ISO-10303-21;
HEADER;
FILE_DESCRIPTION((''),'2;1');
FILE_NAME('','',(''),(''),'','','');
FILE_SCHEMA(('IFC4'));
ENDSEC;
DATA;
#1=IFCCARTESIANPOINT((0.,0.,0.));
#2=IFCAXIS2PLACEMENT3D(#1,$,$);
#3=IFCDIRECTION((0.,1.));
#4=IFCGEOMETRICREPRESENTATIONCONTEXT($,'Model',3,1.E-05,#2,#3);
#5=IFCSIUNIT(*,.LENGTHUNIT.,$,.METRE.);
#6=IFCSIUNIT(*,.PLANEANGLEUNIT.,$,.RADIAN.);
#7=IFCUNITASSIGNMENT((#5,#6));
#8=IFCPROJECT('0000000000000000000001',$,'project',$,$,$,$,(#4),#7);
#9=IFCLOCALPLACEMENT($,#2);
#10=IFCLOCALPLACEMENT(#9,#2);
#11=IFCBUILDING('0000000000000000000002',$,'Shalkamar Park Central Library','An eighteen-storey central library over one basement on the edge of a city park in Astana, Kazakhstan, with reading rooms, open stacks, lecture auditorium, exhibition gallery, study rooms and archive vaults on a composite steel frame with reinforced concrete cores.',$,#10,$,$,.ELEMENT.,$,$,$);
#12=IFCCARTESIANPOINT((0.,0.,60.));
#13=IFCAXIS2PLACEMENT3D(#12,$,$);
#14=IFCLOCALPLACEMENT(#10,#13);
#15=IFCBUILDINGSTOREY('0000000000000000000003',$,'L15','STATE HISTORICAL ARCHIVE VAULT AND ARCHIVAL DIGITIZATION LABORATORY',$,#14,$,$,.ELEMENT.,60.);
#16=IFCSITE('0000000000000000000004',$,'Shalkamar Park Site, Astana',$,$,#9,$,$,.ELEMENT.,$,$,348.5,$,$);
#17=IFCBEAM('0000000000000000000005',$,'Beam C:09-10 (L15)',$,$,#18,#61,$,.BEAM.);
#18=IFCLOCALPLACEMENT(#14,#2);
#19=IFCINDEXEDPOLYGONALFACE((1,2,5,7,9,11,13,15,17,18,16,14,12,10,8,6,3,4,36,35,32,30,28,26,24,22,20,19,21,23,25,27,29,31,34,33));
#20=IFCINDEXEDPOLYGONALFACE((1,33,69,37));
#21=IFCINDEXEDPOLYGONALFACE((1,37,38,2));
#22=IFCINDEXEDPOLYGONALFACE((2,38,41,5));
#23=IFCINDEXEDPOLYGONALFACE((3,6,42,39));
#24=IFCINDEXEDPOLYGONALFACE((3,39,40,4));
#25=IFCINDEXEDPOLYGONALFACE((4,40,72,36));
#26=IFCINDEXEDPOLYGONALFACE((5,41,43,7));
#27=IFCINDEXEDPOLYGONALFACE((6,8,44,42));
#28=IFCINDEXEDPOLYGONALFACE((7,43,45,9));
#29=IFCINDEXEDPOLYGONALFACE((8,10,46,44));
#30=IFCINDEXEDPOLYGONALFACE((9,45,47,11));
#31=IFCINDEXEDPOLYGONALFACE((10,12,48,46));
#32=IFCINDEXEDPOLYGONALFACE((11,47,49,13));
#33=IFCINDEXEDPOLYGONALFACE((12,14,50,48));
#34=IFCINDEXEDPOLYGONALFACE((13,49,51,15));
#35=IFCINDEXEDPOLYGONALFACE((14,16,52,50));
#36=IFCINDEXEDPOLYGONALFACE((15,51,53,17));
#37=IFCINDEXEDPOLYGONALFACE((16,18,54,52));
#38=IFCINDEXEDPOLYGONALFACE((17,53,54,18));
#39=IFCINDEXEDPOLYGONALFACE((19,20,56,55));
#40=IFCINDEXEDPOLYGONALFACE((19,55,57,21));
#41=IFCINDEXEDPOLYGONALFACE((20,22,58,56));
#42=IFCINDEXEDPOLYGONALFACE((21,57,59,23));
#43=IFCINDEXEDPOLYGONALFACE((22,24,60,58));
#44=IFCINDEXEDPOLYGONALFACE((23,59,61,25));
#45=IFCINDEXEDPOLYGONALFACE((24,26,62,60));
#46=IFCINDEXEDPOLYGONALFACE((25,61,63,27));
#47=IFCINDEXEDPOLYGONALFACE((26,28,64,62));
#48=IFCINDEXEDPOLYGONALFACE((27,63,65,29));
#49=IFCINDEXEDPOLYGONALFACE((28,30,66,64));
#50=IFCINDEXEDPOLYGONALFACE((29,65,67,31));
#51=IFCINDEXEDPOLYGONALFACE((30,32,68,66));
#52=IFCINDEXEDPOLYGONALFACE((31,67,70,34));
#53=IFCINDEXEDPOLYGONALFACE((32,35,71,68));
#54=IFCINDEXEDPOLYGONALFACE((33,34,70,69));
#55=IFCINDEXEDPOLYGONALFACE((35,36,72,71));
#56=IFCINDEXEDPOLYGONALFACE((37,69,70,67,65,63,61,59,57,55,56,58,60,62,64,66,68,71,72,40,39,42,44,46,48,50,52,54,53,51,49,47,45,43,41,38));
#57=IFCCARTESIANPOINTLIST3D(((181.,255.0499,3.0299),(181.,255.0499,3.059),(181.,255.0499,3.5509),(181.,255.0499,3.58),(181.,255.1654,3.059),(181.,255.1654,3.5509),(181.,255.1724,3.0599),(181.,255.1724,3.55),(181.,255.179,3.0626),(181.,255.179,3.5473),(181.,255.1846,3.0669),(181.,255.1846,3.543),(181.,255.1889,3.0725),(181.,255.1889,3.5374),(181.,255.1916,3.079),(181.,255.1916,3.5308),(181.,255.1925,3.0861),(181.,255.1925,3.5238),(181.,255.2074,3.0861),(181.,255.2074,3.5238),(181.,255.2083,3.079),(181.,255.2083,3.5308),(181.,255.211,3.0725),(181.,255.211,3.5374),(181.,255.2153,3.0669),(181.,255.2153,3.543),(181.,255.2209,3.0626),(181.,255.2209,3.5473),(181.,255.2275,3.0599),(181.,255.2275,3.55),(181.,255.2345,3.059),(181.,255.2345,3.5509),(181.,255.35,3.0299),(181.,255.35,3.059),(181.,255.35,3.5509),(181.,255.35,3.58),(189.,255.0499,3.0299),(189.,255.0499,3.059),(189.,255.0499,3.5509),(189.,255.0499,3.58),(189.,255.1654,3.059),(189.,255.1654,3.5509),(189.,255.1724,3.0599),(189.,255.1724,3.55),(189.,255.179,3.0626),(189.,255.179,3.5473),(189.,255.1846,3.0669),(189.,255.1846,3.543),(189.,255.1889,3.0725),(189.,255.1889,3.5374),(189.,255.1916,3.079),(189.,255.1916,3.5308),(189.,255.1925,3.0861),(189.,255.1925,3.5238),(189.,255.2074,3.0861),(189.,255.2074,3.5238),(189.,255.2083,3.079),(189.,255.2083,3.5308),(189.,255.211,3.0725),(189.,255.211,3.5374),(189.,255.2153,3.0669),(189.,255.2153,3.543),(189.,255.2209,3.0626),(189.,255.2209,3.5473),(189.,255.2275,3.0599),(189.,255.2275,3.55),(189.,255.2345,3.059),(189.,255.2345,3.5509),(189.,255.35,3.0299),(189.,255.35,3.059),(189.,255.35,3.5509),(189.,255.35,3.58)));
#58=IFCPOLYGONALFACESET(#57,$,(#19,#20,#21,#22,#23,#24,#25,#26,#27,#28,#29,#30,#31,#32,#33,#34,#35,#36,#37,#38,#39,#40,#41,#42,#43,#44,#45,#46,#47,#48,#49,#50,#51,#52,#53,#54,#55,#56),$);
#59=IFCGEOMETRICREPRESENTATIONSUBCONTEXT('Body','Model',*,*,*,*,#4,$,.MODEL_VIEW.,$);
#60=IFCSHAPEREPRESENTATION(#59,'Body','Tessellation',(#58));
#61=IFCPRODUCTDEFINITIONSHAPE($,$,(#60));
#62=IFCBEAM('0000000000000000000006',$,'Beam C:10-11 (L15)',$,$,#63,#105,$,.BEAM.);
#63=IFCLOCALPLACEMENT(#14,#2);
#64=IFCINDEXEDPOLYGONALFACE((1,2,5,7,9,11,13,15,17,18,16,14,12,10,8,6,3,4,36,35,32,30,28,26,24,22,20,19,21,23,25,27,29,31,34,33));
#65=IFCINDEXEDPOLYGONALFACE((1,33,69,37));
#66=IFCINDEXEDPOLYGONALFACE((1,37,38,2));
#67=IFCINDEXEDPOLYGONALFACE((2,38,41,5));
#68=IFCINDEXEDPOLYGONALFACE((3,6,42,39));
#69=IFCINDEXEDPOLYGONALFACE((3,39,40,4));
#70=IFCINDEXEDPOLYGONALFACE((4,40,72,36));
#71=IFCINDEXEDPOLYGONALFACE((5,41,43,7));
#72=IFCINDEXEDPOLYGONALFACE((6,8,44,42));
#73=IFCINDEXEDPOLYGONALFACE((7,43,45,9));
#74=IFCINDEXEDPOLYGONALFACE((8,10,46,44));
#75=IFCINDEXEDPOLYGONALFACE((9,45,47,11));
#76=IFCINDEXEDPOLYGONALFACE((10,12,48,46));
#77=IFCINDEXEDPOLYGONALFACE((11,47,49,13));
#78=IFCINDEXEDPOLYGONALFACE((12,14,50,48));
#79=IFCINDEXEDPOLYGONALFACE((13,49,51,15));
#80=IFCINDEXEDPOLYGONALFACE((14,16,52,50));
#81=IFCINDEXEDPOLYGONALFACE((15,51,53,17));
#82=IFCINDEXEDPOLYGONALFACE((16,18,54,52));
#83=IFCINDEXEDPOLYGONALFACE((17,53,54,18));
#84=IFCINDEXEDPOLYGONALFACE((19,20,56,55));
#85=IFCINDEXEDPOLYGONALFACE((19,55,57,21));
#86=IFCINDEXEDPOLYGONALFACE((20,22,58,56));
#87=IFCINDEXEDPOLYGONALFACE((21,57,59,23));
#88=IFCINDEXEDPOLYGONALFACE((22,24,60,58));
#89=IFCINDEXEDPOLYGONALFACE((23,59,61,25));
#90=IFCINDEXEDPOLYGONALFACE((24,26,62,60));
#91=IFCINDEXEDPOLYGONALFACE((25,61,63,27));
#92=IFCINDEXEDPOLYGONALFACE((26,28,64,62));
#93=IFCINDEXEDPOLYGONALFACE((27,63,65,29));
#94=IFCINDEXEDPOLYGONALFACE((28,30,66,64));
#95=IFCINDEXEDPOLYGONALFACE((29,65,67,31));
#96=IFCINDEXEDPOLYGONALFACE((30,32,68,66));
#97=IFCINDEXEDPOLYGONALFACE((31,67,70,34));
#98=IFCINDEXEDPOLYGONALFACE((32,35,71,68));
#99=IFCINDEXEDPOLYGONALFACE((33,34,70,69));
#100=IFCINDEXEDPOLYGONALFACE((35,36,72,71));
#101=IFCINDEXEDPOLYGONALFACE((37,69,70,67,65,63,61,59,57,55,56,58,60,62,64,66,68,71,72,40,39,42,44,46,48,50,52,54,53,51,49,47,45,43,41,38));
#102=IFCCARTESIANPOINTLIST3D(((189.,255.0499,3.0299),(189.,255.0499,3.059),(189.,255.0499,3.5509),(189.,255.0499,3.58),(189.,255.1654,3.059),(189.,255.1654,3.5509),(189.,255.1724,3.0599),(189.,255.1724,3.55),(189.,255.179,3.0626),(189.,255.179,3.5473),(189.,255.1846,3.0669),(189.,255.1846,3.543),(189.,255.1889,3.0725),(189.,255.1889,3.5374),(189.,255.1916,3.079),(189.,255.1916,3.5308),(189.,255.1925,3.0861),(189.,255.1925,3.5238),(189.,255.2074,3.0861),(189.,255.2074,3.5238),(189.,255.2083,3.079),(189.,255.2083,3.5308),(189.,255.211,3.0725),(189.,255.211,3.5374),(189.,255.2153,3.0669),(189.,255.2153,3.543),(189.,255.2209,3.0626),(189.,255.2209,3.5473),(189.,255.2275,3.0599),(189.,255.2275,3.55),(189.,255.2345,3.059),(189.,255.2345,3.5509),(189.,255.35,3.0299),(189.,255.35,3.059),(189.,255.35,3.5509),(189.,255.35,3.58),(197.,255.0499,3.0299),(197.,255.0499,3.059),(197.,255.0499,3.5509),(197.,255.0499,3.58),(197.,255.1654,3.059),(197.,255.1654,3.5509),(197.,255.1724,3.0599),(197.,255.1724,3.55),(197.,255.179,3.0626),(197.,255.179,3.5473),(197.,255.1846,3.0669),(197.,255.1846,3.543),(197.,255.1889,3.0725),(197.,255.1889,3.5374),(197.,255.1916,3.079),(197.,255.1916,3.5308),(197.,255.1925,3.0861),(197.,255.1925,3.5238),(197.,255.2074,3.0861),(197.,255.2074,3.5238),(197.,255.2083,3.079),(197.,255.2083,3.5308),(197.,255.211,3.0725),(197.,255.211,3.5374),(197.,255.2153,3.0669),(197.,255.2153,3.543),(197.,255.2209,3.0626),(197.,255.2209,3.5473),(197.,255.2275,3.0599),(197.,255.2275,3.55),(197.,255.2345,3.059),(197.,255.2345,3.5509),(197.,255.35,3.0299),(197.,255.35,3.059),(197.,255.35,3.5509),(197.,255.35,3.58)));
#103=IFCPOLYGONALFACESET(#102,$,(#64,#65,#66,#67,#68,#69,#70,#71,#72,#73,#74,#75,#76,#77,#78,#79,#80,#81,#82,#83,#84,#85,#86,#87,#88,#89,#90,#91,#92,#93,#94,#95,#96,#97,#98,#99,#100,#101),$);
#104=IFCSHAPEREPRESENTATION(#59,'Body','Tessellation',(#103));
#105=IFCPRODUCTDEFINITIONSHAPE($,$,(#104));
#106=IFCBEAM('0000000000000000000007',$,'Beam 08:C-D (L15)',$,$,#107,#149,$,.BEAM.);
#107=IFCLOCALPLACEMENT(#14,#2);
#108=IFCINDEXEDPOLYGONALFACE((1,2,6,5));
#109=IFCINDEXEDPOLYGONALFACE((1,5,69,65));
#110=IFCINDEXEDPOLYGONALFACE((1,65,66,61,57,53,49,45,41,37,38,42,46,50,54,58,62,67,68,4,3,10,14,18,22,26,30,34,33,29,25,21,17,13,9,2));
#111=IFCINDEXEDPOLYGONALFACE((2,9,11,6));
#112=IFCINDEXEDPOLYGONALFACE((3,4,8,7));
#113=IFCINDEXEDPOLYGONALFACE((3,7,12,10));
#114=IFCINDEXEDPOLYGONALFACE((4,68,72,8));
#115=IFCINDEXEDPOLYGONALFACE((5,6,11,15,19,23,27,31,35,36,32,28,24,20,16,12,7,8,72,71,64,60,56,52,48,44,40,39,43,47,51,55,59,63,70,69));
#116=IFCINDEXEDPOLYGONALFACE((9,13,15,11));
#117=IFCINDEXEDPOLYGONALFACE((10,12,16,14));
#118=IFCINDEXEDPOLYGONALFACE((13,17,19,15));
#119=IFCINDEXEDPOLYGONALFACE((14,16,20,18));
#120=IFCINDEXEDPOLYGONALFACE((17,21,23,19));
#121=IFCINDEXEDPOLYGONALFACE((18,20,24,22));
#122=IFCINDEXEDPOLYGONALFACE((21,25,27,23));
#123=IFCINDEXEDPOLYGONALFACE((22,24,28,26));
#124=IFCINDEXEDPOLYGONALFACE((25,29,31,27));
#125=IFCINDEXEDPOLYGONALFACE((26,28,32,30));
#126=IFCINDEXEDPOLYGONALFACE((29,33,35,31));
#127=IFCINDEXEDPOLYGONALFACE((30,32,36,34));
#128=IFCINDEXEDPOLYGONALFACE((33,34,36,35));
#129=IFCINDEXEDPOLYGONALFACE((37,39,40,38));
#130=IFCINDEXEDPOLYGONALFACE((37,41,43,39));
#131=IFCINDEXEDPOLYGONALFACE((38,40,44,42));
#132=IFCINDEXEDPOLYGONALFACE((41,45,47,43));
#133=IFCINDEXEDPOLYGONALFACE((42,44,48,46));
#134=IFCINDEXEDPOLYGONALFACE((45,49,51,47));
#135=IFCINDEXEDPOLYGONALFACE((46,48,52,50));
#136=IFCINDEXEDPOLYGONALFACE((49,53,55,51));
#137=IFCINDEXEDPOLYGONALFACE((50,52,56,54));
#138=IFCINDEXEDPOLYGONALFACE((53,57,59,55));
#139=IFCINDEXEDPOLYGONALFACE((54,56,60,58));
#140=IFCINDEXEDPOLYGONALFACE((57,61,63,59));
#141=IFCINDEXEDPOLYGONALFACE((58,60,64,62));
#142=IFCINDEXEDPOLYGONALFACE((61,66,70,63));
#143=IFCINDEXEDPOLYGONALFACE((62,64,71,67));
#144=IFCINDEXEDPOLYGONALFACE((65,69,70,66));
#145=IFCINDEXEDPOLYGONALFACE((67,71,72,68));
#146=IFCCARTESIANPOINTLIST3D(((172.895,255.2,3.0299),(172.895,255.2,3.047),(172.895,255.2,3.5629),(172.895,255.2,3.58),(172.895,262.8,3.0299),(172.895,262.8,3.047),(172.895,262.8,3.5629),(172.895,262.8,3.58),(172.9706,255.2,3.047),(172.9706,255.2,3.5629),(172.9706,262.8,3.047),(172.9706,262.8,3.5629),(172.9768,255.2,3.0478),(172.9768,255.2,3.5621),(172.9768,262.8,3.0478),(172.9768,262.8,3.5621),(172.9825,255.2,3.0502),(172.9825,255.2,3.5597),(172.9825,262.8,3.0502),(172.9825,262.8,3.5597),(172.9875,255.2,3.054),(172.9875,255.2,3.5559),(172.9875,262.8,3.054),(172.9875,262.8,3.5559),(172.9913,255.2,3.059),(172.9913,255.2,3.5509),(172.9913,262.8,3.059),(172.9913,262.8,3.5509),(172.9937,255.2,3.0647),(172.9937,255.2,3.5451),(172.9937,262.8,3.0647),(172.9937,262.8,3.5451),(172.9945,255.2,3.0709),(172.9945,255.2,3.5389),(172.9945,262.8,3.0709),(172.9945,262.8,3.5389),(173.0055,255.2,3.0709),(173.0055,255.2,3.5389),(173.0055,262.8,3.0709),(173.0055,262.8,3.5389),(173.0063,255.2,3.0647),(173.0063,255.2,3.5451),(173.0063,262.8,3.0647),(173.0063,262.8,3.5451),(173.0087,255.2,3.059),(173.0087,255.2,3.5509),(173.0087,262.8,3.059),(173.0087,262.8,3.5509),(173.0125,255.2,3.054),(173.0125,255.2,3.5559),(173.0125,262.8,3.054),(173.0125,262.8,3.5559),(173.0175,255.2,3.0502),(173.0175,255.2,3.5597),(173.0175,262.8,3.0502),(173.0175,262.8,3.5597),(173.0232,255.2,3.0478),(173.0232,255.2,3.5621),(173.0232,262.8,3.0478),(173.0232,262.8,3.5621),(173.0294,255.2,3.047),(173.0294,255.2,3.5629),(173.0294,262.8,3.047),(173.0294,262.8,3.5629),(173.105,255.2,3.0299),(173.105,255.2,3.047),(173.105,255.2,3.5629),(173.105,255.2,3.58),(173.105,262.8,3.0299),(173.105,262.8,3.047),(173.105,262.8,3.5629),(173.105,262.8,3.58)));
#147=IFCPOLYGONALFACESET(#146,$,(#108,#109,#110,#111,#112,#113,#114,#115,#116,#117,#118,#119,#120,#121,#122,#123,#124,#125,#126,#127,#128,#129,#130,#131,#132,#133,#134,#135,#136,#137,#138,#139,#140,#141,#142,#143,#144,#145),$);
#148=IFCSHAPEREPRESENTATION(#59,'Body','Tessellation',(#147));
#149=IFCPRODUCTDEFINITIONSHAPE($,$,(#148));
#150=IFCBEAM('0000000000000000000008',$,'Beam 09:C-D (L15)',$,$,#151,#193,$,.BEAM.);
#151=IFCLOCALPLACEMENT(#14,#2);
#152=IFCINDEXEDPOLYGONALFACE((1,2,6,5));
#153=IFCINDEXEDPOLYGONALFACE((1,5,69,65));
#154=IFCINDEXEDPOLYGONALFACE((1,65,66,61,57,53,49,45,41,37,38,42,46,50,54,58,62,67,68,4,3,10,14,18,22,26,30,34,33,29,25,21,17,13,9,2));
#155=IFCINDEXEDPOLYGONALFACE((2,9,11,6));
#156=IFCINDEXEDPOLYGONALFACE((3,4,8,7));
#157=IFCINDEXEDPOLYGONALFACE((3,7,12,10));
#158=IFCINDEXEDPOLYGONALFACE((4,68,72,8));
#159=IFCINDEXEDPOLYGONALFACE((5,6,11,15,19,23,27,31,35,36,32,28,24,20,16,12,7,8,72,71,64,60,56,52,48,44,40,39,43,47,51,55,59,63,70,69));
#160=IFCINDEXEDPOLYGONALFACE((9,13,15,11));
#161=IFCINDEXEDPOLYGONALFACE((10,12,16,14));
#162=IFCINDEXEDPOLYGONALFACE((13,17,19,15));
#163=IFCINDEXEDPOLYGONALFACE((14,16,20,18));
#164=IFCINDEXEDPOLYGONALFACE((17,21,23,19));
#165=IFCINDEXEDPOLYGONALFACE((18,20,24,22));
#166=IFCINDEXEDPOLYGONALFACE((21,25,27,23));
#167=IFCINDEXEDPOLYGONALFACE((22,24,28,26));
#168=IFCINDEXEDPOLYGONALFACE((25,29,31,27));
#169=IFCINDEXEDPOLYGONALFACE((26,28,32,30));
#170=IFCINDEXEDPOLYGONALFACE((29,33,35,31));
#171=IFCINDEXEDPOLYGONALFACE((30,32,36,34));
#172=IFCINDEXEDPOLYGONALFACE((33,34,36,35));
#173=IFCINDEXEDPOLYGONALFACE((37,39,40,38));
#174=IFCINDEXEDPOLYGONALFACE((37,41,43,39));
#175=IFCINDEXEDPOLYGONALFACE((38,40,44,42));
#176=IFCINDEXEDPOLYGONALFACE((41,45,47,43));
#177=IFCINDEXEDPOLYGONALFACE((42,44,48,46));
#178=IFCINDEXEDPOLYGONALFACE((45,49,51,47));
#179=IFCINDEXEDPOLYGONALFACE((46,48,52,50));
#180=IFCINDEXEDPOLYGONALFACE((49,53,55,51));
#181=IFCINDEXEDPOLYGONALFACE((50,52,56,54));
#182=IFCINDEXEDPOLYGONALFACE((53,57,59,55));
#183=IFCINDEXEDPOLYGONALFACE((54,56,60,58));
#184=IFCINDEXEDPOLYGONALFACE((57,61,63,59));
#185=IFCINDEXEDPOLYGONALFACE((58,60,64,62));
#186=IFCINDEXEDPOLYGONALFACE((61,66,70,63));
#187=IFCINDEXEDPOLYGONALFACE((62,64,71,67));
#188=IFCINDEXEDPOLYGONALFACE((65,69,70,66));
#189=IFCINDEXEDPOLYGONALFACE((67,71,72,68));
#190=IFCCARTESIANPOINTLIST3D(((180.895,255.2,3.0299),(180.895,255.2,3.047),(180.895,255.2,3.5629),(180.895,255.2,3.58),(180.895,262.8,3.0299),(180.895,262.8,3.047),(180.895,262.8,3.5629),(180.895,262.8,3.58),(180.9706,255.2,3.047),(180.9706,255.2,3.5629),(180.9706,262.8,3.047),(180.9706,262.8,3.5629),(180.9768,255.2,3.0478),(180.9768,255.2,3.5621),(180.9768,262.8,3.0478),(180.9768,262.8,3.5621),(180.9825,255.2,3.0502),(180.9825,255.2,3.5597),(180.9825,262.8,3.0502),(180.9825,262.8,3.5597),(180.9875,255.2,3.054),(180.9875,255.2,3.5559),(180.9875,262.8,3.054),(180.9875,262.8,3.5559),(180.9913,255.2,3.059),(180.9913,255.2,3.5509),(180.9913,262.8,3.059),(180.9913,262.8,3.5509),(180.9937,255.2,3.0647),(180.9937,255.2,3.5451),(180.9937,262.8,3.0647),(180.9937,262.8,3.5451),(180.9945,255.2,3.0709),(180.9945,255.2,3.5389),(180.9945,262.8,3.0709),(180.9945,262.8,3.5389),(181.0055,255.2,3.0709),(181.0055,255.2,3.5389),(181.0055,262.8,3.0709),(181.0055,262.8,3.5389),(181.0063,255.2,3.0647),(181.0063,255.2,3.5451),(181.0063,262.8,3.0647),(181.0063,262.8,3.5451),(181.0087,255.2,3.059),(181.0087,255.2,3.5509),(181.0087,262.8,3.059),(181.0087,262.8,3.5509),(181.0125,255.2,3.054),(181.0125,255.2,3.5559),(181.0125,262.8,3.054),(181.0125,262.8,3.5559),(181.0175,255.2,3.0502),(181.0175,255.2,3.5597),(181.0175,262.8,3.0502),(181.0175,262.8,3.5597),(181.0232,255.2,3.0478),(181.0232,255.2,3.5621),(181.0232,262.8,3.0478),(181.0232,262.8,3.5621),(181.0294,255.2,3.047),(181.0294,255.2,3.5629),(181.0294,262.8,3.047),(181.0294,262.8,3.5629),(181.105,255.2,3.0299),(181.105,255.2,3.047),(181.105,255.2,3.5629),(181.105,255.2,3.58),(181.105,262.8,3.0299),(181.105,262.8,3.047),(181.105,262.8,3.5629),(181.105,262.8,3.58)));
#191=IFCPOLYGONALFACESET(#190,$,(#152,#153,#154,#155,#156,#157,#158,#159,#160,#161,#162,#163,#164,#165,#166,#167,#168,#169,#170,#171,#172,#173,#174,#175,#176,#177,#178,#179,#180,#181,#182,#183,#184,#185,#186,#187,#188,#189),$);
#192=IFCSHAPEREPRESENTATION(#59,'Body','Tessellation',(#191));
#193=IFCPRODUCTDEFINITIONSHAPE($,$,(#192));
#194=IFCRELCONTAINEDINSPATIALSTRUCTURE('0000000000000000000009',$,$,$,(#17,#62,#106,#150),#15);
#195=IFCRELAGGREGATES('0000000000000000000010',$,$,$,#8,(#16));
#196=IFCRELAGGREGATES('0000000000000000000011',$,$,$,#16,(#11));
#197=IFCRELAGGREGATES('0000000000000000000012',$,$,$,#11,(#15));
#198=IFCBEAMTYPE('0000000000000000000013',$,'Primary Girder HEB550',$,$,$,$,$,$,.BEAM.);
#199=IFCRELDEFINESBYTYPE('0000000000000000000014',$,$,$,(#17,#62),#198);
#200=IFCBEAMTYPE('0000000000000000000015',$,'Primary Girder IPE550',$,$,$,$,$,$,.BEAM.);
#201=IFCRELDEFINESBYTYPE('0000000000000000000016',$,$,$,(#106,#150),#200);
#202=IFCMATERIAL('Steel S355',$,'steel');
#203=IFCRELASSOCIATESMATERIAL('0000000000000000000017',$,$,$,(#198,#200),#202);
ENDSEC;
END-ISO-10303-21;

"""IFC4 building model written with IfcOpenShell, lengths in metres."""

from ifc_helpers import new_model, si_unit, direction, frame, origin, origin_2d, place, context, subcontext, project, spatial, i_section, extrude, material, material_profile, profile_set, type_object, element, save


model = new_model("IFC4")

# Units and contexts
model_context = context("Model", 3, precision=1e-05, world=origin(), true_north=direction((0.0, 1.0)))
body_context = subcontext(model_context, "Body", "Model", "MODEL_VIEW")
ifc_project = project(units=[si_unit("LENGTHUNIT", "METRE"), si_unit("PLANEANGLEUNIT", "RADIAN")], contexts=[model_context])

# Site, building, storey
site_placement = place(None, origin())
site = spatial("IfcSite", under=ifc_project, at=site_placement, Name="Shalkamar Park Site, Astana", CompositionType="ELEMENT", RefElevation=348.5)
building_placement = place(site_placement, origin())
building = spatial("IfcBuilding", under=site, at=building_placement, Name="Shalkamar Park Central Library", Description="An eighteen-storey central library over one basement on the edge of a city park in Astana, Kazakhstan, with reading rooms, open stacks, lecture auditorium, exhibition gallery, study rooms and archive vaults on a composite steel frame with reinforced concrete cores.", CompositionType="ELEMENT")
storey_placement = place(building_placement, frame((0.0, 0.0, 60.0)))
storey = spatial("IfcBuildingStorey", under=building, at=storey_placement, Name="L15", Description="STATE HISTORICAL ARCHIVE VAULT AND ARCHIVAL DIGITIZATION LABORATORY", CompositionType="ELEMENT", Elevation=60.0)

# Shared definitions
ifc_material_1 = material(Name="Steel S355", Category="steel")

# Beams
ifc_material_profile_1 = material_profile(ifc_material_1, i_section(OverallWidth=0.3, OverallDepth=0.55, WebThickness=0.0149, FlangeThickness=0.0291, FilletRadius=0.0271, at=origin_2d()), Name="HEB 550")
ifc_profile_set_1 = profile_set([ifc_material_profile_1], Name="Steel S355")
beam_type_1 = type_object("IfcBeamType", Name="Primary Girder HEB550", PredefinedType="BEAM", material=ifc_profile_set_1)
for number, where, z_axis, x_axis, name in (
    (1, (181.0, 255.2, 3.3049), (1.0, 0.0, 0.0), (0.0, 1.0, 0.0), "Beam C:09-10 (L15)"),
    (2, (189.0, 255.2, 3.3049), (1.0, 0.0, 0.0), (0.0, 1.0, 0.0), "Beam C:10-11 (L15)"),
):
    element("IfcBeam", number, at=place(storey_placement, frame(where, z_axis=z_axis, x_axis=x_axis)), inside=storey, type_object=beam_type_1, Name=name, PredefinedType="BEAM", context=body_context, shape_type="SweptSolid", body=[
        extrude(i_section(OverallWidth=0.3, OverallDepth=0.55, WebThickness=0.0149, FlangeThickness=0.0291, FilletRadius=0.0271, at=origin_2d()), origin(), (0.0, 0.0, 1.0), 8.0),
    ])
ifc_material_profile_2 = material_profile(ifc_material_1, i_section(OverallWidth=0.21, OverallDepth=0.55, WebThickness=0.011, FlangeThickness=0.0171, FilletRadius=0.0239, at=origin_2d()), Name="IPE 550")
ifc_profile_set_2 = profile_set([ifc_material_profile_2], Name="Steel S355")
beam_type_2 = type_object("IfcBeamType", Name="Primary Girder IPE550", PredefinedType="BEAM", material=ifc_profile_set_2)
for number, where, z_axis, x_axis, name in (
    (3, (173.0, 255.2, 3.3049), (0.0, 1.0, 0.0), (-1.0, 0.0, 0.0), "Beam 08:C-D (L15)"),
    (4, (181.0, 255.2, 3.3049), (0.0, 1.0, 0.0), (-1.0, 0.0, 0.0), "Beam 09:C-D (L15)"),
):
    element("IfcBeam", number, at=place(storey_placement, frame(where, z_axis=z_axis, x_axis=x_axis)), inside=storey, type_object=beam_type_2, Name=name, PredefinedType="BEAM", context=body_context, shape_type="SweptSolid", body=[
        extrude(i_section(OverallWidth=0.21, OverallDepth=0.55, WebThickness=0.011, FlangeThickness=0.0171, FilletRadius=0.0239, at=origin_2d()), origin(), (0.0, 0.0, 1.0), 7.6001),
    ])

save(model, "model.ifc")
